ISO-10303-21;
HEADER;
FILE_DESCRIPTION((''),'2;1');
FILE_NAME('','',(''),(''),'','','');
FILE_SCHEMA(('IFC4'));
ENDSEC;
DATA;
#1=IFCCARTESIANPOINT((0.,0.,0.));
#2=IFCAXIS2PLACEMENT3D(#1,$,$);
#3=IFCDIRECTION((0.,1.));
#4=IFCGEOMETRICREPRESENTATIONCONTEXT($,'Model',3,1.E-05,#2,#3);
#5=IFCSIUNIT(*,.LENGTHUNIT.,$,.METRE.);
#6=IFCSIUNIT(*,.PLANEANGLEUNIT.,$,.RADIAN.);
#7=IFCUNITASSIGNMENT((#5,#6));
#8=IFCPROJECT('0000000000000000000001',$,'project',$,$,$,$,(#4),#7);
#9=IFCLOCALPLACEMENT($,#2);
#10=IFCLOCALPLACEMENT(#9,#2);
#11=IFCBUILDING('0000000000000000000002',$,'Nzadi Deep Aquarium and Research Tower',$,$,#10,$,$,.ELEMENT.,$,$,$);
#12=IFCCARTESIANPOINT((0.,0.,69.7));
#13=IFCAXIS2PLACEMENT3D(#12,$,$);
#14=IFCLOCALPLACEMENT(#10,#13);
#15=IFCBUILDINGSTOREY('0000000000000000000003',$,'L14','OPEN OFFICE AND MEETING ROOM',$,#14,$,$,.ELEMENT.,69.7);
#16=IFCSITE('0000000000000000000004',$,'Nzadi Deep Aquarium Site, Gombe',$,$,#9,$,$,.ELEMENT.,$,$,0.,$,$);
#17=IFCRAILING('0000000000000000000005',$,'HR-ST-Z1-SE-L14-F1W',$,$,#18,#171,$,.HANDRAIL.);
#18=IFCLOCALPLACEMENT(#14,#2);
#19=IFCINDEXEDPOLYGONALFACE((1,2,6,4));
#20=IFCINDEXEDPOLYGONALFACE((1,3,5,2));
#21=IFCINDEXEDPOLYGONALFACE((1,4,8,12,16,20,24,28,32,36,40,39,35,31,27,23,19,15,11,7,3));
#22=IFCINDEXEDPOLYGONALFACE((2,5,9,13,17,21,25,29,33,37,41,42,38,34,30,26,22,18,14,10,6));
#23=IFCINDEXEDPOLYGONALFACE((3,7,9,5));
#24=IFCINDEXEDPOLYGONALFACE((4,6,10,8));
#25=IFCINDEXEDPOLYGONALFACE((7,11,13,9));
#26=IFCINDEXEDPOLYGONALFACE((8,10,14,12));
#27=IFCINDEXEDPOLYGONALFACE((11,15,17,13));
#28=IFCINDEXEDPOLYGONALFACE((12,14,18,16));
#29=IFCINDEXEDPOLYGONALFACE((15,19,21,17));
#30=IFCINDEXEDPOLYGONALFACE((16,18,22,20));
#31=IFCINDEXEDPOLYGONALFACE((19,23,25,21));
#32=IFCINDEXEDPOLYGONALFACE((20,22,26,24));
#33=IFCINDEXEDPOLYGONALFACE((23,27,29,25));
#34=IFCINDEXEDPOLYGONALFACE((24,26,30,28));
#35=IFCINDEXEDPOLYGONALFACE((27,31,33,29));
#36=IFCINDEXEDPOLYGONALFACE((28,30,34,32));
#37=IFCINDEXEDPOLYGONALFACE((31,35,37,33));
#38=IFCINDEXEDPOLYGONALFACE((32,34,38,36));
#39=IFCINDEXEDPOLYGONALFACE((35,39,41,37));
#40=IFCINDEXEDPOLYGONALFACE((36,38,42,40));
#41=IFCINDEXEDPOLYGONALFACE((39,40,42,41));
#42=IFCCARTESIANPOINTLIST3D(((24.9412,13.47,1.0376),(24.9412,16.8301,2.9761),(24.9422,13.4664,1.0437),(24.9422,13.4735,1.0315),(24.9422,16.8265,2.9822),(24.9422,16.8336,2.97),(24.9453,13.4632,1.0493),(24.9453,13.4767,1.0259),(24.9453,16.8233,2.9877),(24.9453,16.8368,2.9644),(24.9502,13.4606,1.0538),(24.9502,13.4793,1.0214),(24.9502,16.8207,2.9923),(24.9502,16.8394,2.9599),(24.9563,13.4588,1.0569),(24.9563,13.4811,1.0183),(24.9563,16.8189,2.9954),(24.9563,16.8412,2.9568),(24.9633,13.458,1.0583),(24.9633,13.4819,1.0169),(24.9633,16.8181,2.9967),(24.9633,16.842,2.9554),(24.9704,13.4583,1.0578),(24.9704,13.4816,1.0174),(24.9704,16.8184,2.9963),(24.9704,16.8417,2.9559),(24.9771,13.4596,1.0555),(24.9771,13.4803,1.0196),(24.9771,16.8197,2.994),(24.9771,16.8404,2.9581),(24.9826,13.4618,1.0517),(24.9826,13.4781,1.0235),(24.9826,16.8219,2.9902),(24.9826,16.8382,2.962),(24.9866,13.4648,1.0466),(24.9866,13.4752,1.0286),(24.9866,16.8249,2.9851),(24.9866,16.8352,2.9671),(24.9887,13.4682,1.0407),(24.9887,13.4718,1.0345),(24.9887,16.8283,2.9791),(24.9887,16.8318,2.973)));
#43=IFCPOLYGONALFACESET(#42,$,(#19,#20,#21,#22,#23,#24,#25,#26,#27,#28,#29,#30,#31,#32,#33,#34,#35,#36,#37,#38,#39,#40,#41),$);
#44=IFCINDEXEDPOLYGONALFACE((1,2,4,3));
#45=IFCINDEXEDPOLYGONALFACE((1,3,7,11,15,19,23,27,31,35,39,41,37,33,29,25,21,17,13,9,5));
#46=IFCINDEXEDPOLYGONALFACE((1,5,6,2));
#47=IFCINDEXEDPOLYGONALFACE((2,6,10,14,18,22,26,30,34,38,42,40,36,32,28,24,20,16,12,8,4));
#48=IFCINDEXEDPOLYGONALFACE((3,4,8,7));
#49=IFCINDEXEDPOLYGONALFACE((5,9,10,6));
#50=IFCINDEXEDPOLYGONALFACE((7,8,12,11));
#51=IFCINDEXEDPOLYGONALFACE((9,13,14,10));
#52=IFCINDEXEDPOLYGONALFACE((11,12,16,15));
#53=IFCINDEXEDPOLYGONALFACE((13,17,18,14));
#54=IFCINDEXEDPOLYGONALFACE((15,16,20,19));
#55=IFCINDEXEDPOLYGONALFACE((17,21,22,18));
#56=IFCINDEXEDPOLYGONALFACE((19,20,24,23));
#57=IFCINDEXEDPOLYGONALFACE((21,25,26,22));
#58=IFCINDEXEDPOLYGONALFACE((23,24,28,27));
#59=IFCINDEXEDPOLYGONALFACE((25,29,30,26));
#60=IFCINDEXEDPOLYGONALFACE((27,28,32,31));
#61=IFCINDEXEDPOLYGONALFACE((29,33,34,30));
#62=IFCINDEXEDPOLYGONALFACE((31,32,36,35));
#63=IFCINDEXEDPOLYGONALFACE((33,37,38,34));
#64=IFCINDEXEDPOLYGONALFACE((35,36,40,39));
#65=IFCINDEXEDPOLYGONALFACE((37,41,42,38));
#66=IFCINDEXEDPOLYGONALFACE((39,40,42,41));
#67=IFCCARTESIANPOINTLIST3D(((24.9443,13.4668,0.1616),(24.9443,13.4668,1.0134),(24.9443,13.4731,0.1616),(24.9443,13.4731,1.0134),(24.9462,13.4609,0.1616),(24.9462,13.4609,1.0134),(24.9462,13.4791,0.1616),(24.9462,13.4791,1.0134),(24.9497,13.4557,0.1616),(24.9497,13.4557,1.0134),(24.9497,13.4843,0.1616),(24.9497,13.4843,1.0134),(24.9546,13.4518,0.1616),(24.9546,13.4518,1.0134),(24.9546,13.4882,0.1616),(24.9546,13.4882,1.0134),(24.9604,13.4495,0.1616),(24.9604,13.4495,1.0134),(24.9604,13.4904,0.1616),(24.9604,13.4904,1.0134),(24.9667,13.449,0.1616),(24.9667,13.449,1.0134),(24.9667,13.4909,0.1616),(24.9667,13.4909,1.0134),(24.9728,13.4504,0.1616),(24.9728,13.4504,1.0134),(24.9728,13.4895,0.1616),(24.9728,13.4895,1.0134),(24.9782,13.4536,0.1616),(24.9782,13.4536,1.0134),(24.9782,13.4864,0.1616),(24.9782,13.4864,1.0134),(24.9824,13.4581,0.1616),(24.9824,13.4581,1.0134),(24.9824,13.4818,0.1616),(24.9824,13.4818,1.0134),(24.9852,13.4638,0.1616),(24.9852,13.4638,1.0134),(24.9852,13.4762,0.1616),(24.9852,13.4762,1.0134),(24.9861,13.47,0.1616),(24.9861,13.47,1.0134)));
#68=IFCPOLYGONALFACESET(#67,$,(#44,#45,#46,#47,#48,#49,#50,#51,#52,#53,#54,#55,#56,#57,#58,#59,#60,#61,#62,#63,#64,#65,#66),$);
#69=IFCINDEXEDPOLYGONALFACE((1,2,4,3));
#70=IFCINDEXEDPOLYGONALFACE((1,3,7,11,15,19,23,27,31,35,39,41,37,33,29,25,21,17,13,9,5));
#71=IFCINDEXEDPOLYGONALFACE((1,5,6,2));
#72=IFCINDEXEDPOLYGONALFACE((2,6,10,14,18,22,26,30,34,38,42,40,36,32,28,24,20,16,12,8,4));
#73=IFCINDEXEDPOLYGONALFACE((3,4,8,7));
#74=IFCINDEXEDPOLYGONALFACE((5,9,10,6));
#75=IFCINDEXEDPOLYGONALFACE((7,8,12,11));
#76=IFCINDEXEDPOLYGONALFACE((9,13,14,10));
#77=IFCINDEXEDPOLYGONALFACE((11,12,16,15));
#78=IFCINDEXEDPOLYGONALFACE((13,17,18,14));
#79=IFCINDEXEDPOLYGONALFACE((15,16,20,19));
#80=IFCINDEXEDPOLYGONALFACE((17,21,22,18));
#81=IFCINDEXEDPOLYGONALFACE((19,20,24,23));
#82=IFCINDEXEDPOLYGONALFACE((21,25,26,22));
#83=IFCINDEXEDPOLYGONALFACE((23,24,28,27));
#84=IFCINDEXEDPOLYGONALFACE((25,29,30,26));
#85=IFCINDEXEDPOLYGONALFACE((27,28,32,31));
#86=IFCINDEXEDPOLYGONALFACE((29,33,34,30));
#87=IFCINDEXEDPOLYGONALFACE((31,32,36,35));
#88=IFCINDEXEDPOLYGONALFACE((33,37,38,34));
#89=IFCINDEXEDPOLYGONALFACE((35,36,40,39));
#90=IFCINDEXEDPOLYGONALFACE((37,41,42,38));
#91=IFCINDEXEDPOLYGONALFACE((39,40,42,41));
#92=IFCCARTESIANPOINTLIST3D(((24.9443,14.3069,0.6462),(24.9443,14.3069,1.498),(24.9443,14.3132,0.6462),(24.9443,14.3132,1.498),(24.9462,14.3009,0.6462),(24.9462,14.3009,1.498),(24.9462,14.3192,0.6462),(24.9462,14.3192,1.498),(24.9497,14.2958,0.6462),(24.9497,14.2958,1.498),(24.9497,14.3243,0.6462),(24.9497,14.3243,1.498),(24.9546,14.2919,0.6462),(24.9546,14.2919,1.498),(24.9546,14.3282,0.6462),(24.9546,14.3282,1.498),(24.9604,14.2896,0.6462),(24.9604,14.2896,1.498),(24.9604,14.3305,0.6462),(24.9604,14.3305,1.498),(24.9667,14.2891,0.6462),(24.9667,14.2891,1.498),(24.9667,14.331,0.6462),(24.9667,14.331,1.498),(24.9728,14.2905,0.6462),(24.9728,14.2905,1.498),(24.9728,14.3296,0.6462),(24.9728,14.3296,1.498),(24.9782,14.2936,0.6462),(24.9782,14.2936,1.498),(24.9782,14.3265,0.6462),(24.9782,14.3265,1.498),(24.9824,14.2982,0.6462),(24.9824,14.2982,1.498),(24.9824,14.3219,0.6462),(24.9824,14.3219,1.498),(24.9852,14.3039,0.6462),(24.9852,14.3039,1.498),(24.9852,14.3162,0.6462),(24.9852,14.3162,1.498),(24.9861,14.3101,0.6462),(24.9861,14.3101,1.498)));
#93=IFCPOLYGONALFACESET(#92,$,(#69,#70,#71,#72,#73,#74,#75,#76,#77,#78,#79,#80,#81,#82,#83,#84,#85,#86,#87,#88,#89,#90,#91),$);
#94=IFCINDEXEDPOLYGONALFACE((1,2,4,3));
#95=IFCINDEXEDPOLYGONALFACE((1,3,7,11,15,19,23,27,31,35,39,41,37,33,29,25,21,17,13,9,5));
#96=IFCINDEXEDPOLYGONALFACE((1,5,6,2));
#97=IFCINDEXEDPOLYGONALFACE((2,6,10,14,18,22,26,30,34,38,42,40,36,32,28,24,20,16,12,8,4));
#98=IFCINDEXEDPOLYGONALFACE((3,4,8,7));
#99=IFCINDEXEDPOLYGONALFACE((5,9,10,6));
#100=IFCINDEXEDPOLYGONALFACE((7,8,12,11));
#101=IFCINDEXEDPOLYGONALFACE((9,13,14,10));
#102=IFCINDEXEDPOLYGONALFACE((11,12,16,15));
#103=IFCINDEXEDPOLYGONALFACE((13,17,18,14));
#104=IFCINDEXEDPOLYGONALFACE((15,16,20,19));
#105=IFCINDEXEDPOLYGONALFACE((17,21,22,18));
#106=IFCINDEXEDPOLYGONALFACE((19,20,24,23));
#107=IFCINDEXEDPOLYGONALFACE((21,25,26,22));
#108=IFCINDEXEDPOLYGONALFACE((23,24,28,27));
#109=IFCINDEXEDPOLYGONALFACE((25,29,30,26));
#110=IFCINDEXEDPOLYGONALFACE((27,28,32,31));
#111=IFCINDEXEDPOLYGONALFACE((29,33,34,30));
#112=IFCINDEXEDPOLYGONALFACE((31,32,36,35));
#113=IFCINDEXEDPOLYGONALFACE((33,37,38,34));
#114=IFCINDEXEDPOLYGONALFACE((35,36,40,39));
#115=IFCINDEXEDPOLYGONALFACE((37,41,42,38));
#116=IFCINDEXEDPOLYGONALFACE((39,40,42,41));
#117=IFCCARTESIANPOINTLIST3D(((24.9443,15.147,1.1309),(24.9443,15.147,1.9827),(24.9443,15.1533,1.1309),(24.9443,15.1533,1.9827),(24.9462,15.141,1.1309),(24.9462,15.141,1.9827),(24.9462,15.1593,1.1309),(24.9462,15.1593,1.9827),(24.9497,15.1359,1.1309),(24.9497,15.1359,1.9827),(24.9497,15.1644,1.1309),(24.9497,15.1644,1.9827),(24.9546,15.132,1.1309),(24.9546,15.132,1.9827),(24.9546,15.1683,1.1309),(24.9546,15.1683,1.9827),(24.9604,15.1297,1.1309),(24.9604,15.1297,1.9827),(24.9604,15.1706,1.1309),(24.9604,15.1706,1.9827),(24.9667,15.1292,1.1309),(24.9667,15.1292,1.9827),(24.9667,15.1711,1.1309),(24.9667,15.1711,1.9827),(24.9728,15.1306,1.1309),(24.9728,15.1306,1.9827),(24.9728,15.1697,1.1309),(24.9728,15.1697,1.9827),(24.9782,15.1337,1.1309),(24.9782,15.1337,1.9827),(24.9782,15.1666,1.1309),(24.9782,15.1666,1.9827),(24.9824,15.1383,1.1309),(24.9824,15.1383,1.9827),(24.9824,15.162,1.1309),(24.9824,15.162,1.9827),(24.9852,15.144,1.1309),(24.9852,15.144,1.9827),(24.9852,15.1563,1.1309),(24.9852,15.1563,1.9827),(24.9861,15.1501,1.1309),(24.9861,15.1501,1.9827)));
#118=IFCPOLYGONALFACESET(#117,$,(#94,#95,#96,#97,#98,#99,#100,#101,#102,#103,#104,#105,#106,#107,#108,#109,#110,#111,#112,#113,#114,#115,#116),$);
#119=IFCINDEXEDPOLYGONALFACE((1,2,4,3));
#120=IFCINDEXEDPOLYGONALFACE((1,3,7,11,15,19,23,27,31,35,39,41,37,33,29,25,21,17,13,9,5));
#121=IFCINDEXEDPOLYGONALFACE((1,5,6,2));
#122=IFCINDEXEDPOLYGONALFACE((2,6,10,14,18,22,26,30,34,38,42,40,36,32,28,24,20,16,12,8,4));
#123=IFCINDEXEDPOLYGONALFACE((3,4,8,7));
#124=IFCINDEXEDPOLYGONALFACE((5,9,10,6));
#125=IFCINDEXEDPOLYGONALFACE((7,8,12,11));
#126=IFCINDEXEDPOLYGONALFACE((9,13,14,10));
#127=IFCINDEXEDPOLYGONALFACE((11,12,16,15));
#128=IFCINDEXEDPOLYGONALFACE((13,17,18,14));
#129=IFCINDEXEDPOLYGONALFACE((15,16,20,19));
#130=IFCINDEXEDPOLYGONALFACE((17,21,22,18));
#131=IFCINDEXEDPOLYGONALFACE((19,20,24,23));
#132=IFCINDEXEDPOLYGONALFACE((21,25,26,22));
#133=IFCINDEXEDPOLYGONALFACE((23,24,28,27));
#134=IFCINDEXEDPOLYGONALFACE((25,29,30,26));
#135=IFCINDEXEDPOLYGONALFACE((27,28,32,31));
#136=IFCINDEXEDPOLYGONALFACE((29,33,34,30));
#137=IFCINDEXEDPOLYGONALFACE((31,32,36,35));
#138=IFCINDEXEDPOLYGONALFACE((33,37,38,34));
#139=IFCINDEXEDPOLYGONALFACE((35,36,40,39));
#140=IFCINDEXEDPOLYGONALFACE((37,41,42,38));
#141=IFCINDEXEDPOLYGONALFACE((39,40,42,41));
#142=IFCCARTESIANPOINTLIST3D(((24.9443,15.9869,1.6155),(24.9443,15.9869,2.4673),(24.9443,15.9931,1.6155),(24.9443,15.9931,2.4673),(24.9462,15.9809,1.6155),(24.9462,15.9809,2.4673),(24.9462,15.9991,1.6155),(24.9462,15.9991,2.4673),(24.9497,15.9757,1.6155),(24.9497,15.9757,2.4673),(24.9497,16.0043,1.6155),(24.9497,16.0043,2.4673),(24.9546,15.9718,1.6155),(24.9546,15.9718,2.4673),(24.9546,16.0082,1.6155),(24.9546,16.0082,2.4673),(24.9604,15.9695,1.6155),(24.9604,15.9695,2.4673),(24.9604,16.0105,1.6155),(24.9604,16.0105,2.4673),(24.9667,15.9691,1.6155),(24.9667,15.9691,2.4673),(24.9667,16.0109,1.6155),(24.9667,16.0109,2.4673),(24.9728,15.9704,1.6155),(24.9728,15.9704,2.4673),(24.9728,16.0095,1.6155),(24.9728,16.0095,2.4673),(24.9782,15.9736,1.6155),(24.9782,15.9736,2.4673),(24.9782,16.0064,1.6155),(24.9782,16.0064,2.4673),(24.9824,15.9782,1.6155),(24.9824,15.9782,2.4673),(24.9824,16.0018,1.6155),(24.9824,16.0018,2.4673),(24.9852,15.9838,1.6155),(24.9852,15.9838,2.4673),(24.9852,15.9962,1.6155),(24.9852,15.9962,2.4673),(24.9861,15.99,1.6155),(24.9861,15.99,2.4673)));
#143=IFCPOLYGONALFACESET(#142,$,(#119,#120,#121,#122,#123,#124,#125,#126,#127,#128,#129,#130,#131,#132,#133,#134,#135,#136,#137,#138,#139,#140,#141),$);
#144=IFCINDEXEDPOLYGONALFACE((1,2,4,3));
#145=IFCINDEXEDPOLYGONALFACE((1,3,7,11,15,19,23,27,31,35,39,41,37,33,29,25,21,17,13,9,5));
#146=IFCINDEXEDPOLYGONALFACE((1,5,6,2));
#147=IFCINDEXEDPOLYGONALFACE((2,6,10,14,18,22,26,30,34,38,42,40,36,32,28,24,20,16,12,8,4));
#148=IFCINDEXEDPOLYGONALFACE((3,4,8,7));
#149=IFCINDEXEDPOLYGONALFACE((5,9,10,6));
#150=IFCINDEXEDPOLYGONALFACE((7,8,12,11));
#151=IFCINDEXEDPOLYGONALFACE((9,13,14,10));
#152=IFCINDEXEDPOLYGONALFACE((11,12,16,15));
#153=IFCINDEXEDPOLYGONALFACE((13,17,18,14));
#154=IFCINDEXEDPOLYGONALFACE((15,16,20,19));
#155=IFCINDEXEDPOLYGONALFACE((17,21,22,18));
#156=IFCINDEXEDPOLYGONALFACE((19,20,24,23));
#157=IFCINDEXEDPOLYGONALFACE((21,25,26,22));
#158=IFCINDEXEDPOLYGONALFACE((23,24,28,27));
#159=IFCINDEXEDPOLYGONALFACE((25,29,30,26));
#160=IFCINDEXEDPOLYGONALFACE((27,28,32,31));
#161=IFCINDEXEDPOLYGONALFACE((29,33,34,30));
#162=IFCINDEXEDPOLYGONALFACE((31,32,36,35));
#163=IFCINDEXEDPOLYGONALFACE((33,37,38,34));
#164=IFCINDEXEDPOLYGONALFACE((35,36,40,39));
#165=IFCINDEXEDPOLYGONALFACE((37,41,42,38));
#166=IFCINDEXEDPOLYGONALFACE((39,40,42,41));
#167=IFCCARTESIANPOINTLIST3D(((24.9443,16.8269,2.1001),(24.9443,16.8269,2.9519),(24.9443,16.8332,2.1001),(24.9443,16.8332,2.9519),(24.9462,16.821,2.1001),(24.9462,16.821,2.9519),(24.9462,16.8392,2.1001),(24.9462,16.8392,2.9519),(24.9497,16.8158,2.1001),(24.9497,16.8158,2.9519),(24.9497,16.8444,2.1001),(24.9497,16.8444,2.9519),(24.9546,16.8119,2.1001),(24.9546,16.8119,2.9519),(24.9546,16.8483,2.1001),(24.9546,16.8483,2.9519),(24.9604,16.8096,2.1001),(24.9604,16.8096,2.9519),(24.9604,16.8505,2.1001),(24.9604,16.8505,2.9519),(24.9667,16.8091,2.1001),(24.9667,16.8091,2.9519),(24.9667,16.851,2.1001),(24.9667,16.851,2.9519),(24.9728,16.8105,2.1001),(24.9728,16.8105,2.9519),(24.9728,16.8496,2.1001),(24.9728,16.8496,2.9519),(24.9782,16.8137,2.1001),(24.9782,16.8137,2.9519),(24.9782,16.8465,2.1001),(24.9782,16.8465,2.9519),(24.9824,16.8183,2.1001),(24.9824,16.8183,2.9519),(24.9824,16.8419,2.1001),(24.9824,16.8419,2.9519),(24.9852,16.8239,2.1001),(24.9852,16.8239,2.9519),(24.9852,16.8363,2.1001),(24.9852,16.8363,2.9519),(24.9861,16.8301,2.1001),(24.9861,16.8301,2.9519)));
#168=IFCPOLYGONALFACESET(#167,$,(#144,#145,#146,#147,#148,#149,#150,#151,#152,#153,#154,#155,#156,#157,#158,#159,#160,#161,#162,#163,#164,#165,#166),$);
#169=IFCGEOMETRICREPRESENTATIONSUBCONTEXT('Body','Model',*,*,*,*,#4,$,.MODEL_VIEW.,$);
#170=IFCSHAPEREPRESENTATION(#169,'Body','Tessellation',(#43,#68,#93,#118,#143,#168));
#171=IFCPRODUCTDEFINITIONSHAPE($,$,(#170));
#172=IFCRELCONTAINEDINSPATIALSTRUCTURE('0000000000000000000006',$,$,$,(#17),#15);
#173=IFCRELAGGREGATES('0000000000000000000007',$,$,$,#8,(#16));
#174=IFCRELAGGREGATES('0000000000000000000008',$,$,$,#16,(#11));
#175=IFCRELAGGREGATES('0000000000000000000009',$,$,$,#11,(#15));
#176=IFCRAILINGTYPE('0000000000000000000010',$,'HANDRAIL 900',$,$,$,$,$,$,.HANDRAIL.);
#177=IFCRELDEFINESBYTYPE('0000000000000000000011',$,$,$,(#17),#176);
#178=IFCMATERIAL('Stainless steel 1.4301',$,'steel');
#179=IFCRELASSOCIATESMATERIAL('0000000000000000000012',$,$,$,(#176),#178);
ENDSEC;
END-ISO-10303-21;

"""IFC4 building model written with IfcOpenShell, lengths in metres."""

from ifc_helpers import new_model, si_unit, direction, frame, origin, origin_2d, place, context, subcontext, project, spatial, circle, extrude, material, type_object, element, save


model = new_model("IFC4")

# Units and contexts
model_context = context("Model", 3, precision=1e-05, world=origin(), true_north=direction((0.0, 1.0)))
body_context = subcontext(model_context, "Body", "Model", "MODEL_VIEW")
ifc_project = project(units=[si_unit("LENGTHUNIT", "METRE"), si_unit("PLANEANGLEUNIT", "RADIAN")], contexts=[model_context])

# Site, building, storey
site_placement = place(None, origin())
site = spatial("IfcSite", under=ifc_project, at=site_placement, Name="Nzadi Deep Aquarium Site, Gombe", CompositionType="ELEMENT", RefElevation=0.0)
building_placement = place(site_placement, origin())
building = spatial("IfcBuilding", under=site, at=building_placement, Name="Nzadi Deep Aquarium and Research Tower", CompositionType="ELEMENT")
storey_placement = place(building_placement, frame((0.0, 0.0, 69.7)))
storey = spatial("IfcBuildingStorey", under=building, at=storey_placement, Name="L14", Description="OPEN OFFICE AND MEETING ROOM", CompositionType="ELEMENT", Elevation=69.7)

# Railing
ifc_material_1 = material(Name="Stainless steel 1.4301", Category="steel")
railing_type = type_object("IfcRailingType", Name="HANDRAIL 900", PredefinedType="HANDRAIL", material=ifc_material_1)
railing_placement = place(storey_placement, frame((24.9651, 13.47, 0.1616)))
element("IfcRailing", 1, at=railing_placement, inside=storey, type_object=railing_type, Name="HR-ST-Z1-SE-L14-F1W", PredefinedType="HANDRAIL", context=body_context, shape_type="SweptSolid", body=[
    extrude(circle(Radius=0.0239, at=origin_2d()), frame((0.0, 0.0, 0.876), z_axis=(0.0, 0.866191, 0.499713), x_axis=(-1.0, 0.0, 0.0)), (0.0, 0.0, 1.0), 3.8792),
    extrude(circle(Radius=0.021, at=origin_2d()), origin(), (0.0, 0.0, 1.0), 0.8518),
    extrude(circle(Radius=0.021, at=origin_2d()), frame((0.0, 0.8401, 0.4846)), (0.0, 0.0, 1.0), 0.8518),
    extrude(circle(Radius=0.021, at=origin_2d()), frame((0.0, 1.6802, 0.9692)), (0.0, 0.0, 1.0), 0.8518),
    extrude(circle(Radius=0.021, at=origin_2d()), frame((0.0, 2.52, 1.4539)), (0.0, 0.0, 1.0), 0.8518),
    extrude(circle(Radius=0.021, at=origin_2d()), frame((0.0, 3.3601, 1.9385)), (0.0, 0.0, 1.0), 0.8518),
])

save(model, "model.ifc")
